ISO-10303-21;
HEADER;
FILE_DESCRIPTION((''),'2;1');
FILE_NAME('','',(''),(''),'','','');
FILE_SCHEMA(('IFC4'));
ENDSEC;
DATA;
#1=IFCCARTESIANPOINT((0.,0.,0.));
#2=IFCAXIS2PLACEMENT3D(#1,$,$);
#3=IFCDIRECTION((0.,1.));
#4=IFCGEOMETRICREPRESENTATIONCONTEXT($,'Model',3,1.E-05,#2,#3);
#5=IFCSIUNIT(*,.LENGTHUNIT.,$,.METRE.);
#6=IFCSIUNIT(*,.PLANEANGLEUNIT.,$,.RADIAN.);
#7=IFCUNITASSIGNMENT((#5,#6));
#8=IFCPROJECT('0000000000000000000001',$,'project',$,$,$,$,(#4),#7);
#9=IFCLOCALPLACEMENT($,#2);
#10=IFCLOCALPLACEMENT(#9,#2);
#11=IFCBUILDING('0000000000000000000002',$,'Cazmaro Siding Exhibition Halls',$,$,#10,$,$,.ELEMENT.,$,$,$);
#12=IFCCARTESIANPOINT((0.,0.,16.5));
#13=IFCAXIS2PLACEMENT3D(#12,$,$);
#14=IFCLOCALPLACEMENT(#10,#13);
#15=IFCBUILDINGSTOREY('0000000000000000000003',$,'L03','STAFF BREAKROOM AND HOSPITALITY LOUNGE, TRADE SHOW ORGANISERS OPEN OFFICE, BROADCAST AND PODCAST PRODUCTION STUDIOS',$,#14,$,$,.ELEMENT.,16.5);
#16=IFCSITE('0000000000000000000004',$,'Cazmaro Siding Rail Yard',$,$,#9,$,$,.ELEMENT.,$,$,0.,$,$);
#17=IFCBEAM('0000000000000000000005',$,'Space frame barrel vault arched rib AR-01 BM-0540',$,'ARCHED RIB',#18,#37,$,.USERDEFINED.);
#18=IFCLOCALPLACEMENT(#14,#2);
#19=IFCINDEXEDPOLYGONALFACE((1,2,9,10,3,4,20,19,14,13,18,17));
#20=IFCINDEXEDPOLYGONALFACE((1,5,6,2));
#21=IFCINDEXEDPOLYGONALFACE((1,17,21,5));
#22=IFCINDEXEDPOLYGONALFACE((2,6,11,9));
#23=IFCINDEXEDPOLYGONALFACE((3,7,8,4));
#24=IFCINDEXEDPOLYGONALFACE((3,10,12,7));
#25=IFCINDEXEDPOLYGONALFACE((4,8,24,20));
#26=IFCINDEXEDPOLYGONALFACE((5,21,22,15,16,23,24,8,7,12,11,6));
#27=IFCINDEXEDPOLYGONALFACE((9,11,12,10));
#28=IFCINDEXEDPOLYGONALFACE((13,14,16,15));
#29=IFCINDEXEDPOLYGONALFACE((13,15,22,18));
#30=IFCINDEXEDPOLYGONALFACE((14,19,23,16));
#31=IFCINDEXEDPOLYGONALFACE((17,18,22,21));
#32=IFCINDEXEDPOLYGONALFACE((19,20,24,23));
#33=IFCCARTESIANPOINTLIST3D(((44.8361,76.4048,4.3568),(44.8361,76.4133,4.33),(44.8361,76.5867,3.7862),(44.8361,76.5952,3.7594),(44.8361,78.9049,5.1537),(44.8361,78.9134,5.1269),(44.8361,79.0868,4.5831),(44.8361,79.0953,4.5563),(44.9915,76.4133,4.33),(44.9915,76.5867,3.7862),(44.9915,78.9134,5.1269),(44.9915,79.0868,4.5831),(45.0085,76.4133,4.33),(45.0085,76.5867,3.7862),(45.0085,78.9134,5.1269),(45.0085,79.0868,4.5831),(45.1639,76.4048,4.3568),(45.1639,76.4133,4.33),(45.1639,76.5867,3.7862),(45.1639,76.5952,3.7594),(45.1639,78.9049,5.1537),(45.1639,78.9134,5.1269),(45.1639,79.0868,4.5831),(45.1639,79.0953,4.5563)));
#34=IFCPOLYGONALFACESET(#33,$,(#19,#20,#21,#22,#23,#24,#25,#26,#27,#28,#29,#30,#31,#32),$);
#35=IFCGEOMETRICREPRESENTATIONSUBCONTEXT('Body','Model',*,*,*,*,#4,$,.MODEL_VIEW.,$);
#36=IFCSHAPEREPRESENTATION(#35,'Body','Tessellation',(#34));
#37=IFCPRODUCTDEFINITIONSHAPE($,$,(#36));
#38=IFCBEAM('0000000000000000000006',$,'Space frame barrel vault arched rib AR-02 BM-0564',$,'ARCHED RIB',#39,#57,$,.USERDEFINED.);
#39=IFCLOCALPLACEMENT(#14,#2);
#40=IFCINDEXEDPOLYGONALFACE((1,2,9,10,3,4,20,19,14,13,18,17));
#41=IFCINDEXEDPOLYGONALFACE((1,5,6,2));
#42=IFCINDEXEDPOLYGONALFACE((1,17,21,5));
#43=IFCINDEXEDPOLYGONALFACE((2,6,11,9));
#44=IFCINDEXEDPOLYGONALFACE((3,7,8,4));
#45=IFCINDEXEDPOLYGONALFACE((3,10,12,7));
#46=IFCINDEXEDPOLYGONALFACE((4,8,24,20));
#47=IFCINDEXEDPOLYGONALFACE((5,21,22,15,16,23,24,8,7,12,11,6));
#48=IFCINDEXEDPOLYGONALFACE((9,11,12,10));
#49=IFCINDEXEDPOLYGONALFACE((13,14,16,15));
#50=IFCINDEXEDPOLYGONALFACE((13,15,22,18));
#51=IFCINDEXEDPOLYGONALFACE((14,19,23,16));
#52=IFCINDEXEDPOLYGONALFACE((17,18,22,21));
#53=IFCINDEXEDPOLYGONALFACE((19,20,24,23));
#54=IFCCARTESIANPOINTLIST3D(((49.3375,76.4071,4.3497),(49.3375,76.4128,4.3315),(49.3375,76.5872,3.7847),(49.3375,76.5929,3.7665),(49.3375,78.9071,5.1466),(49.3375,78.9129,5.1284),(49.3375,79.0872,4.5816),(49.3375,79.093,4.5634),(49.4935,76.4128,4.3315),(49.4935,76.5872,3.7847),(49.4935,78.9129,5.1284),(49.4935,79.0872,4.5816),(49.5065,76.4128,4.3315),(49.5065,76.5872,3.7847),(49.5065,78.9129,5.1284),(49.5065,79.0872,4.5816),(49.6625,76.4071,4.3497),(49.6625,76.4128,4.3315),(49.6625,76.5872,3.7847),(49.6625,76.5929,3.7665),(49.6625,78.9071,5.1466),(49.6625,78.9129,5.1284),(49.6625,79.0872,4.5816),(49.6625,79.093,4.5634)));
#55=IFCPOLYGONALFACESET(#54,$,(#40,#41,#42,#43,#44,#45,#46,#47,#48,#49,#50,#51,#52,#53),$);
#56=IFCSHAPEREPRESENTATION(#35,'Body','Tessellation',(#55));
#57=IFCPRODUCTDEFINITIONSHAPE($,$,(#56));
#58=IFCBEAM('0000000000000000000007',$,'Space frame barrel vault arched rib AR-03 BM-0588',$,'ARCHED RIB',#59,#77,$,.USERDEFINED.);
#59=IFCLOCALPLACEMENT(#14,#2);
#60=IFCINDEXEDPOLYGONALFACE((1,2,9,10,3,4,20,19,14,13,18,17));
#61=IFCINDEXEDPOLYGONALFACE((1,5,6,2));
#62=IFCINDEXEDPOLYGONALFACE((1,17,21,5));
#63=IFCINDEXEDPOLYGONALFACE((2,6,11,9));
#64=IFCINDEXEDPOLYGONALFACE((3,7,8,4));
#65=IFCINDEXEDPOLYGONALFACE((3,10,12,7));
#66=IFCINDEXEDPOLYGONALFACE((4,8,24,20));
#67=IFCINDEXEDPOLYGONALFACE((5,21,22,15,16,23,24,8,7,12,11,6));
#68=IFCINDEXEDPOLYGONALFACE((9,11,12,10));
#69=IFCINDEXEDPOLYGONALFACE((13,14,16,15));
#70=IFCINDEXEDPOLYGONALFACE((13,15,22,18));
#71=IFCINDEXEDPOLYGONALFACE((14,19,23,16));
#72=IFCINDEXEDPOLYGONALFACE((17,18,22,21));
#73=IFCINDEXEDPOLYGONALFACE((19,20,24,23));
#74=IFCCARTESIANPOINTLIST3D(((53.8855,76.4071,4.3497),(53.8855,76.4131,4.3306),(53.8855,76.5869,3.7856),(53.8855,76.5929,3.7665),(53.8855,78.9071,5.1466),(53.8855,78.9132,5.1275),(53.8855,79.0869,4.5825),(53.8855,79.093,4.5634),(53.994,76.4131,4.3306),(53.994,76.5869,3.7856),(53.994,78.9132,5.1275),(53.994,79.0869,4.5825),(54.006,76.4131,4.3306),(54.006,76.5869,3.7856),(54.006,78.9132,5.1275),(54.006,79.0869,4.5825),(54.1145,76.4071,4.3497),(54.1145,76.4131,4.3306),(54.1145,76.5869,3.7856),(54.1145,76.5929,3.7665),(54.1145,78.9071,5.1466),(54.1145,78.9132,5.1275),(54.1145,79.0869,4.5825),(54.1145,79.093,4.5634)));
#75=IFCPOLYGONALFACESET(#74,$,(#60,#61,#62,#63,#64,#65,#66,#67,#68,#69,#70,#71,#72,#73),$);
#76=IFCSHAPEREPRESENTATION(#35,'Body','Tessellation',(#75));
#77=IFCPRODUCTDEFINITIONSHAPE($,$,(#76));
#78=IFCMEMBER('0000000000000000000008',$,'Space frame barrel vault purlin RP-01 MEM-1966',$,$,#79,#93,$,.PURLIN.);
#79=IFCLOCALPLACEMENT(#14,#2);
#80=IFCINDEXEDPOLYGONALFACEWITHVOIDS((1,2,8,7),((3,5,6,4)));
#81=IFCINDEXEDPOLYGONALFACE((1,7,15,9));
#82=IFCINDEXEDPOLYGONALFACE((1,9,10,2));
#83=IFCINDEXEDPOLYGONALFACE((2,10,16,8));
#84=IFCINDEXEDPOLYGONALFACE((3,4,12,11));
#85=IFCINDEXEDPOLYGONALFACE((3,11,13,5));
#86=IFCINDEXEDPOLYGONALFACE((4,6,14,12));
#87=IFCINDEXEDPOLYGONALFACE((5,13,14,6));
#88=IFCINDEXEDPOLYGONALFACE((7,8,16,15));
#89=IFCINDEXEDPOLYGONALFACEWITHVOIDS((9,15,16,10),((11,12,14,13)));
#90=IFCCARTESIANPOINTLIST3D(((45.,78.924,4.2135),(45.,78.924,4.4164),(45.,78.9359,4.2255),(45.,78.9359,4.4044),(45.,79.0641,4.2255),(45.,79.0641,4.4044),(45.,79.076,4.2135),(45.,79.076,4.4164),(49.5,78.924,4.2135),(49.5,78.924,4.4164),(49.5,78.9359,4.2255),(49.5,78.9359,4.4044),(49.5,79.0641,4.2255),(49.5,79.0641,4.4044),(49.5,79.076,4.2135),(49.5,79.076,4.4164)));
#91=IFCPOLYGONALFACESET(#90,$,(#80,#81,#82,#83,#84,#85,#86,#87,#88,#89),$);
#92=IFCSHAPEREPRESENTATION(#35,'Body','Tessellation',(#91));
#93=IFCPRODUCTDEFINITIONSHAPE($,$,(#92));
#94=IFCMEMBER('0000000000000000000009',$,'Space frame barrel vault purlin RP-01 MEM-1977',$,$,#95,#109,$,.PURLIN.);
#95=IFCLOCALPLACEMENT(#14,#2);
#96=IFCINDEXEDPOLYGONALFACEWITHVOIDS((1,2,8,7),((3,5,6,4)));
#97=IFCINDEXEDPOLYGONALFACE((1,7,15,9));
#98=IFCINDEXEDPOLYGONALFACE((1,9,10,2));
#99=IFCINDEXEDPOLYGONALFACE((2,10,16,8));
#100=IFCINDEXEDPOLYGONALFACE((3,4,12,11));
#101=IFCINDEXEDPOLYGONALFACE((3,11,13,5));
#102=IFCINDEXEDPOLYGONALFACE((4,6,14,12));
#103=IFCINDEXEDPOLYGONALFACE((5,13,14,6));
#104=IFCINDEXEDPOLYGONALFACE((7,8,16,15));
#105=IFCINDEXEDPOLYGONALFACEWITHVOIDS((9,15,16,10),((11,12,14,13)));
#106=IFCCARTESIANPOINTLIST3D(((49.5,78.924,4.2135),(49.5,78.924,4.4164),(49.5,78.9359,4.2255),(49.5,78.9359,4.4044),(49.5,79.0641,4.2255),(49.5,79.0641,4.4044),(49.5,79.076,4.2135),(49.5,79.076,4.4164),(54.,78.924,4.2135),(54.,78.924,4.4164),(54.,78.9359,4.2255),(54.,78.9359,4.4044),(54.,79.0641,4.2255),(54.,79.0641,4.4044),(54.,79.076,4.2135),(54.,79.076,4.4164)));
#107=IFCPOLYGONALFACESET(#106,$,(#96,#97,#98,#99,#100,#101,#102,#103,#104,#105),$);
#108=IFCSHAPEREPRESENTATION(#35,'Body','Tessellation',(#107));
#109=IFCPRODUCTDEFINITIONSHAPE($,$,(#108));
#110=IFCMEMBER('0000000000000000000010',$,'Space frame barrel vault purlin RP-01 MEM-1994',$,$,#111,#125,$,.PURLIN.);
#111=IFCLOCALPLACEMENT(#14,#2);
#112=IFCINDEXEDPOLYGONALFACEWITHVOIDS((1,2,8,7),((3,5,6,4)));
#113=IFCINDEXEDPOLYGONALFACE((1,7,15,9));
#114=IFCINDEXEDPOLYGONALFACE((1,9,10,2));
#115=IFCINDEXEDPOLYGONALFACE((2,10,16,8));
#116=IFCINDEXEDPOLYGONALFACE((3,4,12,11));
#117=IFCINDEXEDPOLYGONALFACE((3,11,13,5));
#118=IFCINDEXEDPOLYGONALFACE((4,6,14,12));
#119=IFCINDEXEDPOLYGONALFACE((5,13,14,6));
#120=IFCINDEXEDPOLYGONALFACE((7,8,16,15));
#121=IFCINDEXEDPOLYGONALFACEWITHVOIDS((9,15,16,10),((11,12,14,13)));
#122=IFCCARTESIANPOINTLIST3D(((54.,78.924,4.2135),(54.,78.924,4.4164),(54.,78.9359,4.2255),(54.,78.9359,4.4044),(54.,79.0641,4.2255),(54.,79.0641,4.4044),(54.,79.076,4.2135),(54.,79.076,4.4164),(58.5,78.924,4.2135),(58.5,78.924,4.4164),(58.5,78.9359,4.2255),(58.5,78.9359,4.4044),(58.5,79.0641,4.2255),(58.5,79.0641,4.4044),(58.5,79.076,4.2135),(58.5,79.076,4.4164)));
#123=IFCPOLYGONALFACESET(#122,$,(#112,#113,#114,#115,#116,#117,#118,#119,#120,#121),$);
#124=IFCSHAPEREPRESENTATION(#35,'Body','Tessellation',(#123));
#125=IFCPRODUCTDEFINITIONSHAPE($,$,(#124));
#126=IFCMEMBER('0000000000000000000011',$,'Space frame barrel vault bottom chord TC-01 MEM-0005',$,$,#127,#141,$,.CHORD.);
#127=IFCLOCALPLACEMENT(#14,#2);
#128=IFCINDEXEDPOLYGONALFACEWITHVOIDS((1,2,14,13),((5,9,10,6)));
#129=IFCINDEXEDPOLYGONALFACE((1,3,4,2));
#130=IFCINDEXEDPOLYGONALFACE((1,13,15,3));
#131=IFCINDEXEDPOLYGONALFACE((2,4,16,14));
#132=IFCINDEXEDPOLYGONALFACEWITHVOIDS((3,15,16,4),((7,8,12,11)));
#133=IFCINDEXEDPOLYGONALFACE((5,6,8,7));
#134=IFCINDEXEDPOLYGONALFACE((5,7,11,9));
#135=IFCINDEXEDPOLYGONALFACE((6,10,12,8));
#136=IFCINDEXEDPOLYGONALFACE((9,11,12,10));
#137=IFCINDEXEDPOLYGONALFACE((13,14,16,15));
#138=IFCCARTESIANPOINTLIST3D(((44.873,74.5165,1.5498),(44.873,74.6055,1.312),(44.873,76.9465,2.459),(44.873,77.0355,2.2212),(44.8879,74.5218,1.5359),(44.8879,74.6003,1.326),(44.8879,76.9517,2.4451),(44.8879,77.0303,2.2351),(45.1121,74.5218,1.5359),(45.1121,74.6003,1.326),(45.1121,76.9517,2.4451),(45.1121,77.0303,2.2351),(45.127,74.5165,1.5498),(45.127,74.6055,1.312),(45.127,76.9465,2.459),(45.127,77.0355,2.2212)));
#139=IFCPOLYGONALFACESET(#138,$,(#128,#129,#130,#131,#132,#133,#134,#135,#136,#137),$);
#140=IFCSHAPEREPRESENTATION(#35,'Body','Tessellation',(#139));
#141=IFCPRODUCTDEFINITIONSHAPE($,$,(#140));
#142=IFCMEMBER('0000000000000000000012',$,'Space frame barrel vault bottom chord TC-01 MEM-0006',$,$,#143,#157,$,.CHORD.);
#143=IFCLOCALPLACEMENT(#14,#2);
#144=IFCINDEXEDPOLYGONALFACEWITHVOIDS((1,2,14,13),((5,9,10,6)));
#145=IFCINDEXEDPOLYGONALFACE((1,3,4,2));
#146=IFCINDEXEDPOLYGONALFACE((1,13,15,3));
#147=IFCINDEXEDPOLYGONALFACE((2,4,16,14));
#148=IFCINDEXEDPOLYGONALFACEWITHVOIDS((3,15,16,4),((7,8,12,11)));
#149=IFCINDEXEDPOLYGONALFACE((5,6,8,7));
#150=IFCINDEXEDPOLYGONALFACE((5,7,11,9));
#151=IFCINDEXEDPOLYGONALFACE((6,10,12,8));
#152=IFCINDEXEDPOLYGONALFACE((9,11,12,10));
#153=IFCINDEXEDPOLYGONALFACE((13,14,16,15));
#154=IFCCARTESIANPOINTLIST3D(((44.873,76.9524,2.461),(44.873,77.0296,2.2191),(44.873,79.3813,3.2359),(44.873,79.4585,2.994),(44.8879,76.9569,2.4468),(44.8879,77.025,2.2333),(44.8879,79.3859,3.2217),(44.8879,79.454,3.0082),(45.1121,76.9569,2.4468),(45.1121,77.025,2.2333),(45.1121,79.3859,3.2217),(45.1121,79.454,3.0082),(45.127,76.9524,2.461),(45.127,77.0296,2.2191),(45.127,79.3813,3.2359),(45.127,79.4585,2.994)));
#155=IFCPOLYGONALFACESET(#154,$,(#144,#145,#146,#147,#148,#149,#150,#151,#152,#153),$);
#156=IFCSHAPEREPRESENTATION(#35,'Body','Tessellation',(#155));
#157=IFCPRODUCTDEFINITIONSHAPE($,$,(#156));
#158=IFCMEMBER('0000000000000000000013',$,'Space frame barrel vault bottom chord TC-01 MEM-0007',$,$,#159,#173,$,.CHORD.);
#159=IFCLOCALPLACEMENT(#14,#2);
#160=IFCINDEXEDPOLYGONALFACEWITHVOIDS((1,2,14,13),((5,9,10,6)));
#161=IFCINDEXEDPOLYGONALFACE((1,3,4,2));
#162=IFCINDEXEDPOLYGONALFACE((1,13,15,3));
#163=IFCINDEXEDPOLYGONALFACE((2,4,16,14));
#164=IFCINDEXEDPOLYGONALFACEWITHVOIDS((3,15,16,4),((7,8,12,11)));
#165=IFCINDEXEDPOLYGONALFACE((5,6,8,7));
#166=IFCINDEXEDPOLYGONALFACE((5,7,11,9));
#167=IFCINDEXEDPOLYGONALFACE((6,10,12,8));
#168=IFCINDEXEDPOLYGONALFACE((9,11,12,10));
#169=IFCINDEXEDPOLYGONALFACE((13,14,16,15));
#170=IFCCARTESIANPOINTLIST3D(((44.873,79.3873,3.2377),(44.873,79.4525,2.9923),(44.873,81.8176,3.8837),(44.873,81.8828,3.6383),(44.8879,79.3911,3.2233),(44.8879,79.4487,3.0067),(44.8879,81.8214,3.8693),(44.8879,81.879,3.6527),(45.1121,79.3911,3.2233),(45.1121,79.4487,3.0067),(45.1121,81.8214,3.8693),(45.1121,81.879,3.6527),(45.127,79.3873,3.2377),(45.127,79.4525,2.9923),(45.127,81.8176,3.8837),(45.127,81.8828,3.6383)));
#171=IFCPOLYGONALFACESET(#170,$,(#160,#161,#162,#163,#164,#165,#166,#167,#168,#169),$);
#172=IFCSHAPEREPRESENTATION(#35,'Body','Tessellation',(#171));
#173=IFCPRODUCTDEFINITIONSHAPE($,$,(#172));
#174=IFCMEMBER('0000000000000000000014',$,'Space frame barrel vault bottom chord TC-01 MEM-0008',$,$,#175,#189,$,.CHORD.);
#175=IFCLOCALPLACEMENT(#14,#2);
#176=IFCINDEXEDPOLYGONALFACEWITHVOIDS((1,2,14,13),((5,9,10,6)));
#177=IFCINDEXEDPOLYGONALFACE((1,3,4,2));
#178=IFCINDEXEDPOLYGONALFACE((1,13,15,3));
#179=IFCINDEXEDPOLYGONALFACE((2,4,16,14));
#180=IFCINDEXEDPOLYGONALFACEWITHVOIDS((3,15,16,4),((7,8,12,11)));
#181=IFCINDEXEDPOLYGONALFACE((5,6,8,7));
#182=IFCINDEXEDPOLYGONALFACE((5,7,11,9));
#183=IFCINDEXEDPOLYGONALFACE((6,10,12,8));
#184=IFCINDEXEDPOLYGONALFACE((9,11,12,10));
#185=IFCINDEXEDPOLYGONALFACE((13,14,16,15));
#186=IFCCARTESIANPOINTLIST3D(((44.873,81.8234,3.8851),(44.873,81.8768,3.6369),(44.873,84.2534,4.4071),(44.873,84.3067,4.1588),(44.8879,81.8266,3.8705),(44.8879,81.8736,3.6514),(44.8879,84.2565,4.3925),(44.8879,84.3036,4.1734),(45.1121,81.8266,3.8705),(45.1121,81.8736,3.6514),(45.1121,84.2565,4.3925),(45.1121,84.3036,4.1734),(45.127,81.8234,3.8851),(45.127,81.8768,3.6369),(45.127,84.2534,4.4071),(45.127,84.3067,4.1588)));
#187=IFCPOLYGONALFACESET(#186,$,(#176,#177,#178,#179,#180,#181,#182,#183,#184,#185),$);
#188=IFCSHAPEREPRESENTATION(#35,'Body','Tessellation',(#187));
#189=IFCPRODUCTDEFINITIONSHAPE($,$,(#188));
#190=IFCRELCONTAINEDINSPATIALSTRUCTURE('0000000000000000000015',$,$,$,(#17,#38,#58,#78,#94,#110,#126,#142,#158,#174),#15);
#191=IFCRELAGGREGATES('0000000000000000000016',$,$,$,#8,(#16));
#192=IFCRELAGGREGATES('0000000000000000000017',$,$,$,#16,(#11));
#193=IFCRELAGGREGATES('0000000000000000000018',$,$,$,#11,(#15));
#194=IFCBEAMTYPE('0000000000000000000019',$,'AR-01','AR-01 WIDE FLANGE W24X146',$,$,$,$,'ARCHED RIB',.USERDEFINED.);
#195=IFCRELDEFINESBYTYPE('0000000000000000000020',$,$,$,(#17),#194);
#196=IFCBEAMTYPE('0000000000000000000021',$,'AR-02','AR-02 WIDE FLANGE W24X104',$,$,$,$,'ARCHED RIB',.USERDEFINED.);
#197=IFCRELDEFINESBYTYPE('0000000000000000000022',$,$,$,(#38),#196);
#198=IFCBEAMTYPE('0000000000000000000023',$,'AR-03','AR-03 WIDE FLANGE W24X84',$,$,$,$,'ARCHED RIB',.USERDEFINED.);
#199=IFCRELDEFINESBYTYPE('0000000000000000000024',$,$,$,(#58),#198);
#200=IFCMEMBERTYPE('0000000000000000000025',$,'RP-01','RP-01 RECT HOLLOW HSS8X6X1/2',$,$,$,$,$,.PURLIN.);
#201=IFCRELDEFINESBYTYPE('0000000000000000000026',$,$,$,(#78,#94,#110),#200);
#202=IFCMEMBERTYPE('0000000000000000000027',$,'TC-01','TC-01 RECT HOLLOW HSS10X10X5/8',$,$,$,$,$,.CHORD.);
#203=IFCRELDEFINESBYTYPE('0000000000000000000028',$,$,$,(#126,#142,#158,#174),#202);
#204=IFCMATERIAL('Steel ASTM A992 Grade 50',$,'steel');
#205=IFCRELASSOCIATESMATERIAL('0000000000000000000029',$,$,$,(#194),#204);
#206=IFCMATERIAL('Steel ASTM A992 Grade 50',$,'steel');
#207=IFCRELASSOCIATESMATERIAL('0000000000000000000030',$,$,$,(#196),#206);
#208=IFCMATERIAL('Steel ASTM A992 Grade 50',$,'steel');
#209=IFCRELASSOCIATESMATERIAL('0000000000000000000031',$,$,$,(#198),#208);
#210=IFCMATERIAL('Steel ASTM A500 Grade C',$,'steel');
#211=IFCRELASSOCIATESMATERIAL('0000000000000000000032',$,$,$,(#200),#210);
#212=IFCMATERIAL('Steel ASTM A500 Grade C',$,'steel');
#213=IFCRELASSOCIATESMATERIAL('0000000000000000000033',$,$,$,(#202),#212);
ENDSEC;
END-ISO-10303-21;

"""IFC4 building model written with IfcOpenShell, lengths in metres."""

from ifc_helpers import new_model, si_unit, direction, frame, origin, origin_2d, place, context, subcontext, project, spatial, hollow_rectangle, i_section, extrude, material, material_profile, profile_set, type_object, element, save


model = new_model("IFC4")

# Units and contexts
model_context = context("Model", 3, precision=1e-05, world=origin(), true_north=direction((0.0, 1.0)))
body_context = subcontext(model_context, "Body", "Model", "MODEL_VIEW")
ifc_project = project(units=[si_unit("LENGTHUNIT", "METRE"), si_unit("PLANEANGLEUNIT", "RADIAN")], contexts=[model_context])

# Site, building, storey
site_placement = place(None, origin())
site = spatial("IfcSite", under=ifc_project, at=site_placement, Name="Cazmaro Siding Rail Yard", CompositionType="ELEMENT", RefElevation=0.0)
building_placement = place(site_placement, origin())
building = spatial("IfcBuilding", under=site, at=building_placement, Name="Cazmaro Siding Exhibition Halls", CompositionType="ELEMENT")
storey_placement = place(building_placement, frame((0.0, 0.0, 16.5)))
storey = spatial("IfcBuildingStorey", under=building, at=storey_placement, Name="L03", Description="STAFF BREAKROOM AND HOSPITALITY LOUNGE, TRADE SHOW ORGANISERS OPEN OFFICE, BROADCAST AND PODCAST PRODUCTION STUDIOS", CompositionType="ELEMENT", Elevation=16.5)

# Beams
ifc_material_1 = material(Name="Steel ASTM A992 Grade 50", Category="steel")
ifc_material_profile_1 = material_profile(ifc_material_1, i_section(OverallWidth=0.3279, OverallDepth=0.627, WebThickness=0.0171, FlangeThickness=0.0281, at=origin_2d()), Name="W24X146")
ifc_profile_set_1 = profile_set([ifc_material_profile_1], Name="Steel ASTM A992 Grade 50")
beam_type_1 = type_object("IfcBeamType", Name="AR-01", Description="AR-01 WIDE FLANGE W24X146", ElementType="ARCHED RIB", PredefinedType="USERDEFINED", material=ifc_profile_set_1)
beam_1_placement = place(storey_placement, frame((45.0, 76.5, 4.0581), z_axis=(0.0, 0.952769, 0.303695), x_axis=(-1.0, 0.0, 0.0)))
element("IfcBeam", 1, at=beam_1_placement, inside=storey, type_object=beam_type_1, Name="Space frame barrel vault arched rib AR-01 BM-0540", ObjectType="ARCHED RIB", PredefinedType="USERDEFINED", context=body_context, shape_type="SweptSolid", body=[
    extrude(i_section(OverallWidth=0.3279, OverallDepth=0.627, WebThickness=0.0171, FlangeThickness=0.0281, at=origin_2d()), origin(), (0.0, 0.0, 1.0), 2.624),
])
ifc_material_2 = material(Name="Steel ASTM A992 Grade 50", Category="steel")
ifc_material_profile_2 = material_profile(ifc_material_2, i_section(OverallWidth=0.325, OverallDepth=0.6121, WebThickness=0.0129, FlangeThickness=0.019, at=origin_2d()), Name="W24X104")
ifc_profile_set_2 = profile_set([ifc_material_profile_2], Name="Steel ASTM A992 Grade 50")
beam_type_2 = type_object("IfcBeamType", Name="AR-02", Description="AR-02 WIDE FLANGE W24X104", ElementType="ARCHED RIB", PredefinedType="USERDEFINED", material=ifc_profile_set_2)
beam_2_placement = place(storey_placement, frame((49.5, 76.5, 4.0581), z_axis=(0.0, 0.952769, 0.303695), x_axis=(-1.0, 0.0, 0.0)))
element("IfcBeam", 2, at=beam_2_placement, inside=storey, type_object=beam_type_2, Name="Space frame barrel vault arched rib AR-02 BM-0564", ObjectType="ARCHED RIB", PredefinedType="USERDEFINED", context=body_context, shape_type="SweptSolid", body=[
    extrude(i_section(OverallWidth=0.325, OverallDepth=0.6121, WebThickness=0.0129, FlangeThickness=0.019, at=origin_2d()), origin(), (0.0, 0.0, 1.0), 2.624),
])
ifc_material_3 = material(Name="Steel ASTM A992 Grade 50", Category="steel")
ifc_material_profile_3 = material_profile(ifc_material_3, i_section(OverallWidth=0.229, OverallDepth=0.6121, WebThickness=0.012, FlangeThickness=0.02, at=origin_2d()), Name="W24X84")
ifc_profile_set_3 = profile_set([ifc_material_profile_3], Name="Steel ASTM A992 Grade 50")
beam_type_3 = type_object("IfcBeamType", Name="AR-03", Description="AR-03 WIDE FLANGE W24X84", ElementType="ARCHED RIB", PredefinedType="USERDEFINED", material=ifc_profile_set_3)
beam_3_placement = place(storey_placement, frame((54.0, 76.5, 4.0581), z_axis=(0.0, 0.952769, 0.303695), x_axis=(-1.0, 0.0, 0.0)))
element("IfcBeam", 3, at=beam_3_placement, inside=storey, type_object=beam_type_3, Name="Space frame barrel vault arched rib AR-03 BM-0588", ObjectType="ARCHED RIB", PredefinedType="USERDEFINED", context=body_context, shape_type="SweptSolid", body=[
    extrude(i_section(OverallWidth=0.229, OverallDepth=0.6121, WebThickness=0.012, FlangeThickness=0.02, at=origin_2d()), origin(), (0.0, 0.0, 1.0), 2.624),
])

# Members
ifc_material_4 = material(Name="Steel ASTM A500 Grade C", Category="steel")
ifc_material_profile_4 = material_profile(ifc_material_4, hollow_rectangle(XDim=0.1521, YDim=0.2029, WallThickness=0.012, at=origin_2d()), Name="HSS8X6X1/2")
ifc_profile_set_4 = profile_set([ifc_material_profile_4], Name="Steel ASTM A500 Grade C")
member_type_1 = type_object("IfcMemberType", Name="RP-01", Description="RP-01 RECT HOLLOW HSS8X6X1/2", PredefinedType="PURLIN", material=ifc_profile_set_4)
for number, where, z_axis, x_axis, name in (
    (4, (45.0, 79.0, 4.3149), (1.0, 0.0, 0.0), (0.0, 1.0, 0.0), "Space frame barrel vault purlin RP-01 MEM-1966"),
    (5, (49.5, 79.0, 4.3149), (1.0, 0.0, 0.0), (0.0, 1.0, 0.0), "Space frame barrel vault purlin RP-01 MEM-1977"),
    (6, (54.0, 79.0, 4.3149), (1.0, 0.0, 0.0), (0.0, 1.0, 0.0), "Space frame barrel vault purlin RP-01 MEM-1994"),
):
    element("IfcMember", number, at=place(storey_placement, frame(where, z_axis=z_axis, x_axis=x_axis)), inside=storey, type_object=member_type_1, Name=name, PredefinedType="PURLIN", context=body_context, shape_type="SweptSolid", body=[
        extrude(hollow_rectangle(XDim=0.1521, YDim=0.2029, WallThickness=0.012, at=origin_2d()), origin(), (0.0, 0.0, 1.0), 4.5),
    ])
ifc_material_5 = material(Name="Steel ASTM A500 Grade C", Category="steel")
ifc_material_profile_5 = material_profile(ifc_material_5, hollow_rectangle(XDim=0.2539, YDim=0.2539, WallThickness=0.0149, at=origin_2d()), Name="HSS10X10X5/8")
ifc_profile_set_5 = profile_set([ifc_material_profile_5], Name="Steel ASTM A500 Grade C")
member_type_2 = type_object("IfcMemberType", Name="TC-01", Description="TC-01 RECT HOLLOW HSS10X10X5/8", PredefinedType="CHORD", material=ifc_profile_set_5)
member_1_placement = place(storey_placement, frame((45.0, 74.561, 1.4309), z_axis=(0.0, 0.936588, 0.350432), x_axis=(-1.0, 0.0, 0.0)))
element("IfcMember", 7, at=member_1_placement, inside=storey, type_object=member_type_2, Name="Space frame barrel vault bottom chord TC-01 MEM-0005", PredefinedType="CHORD", context=body_context, shape_type="SweptSolid", body=[
    extrude(hollow_rectangle(XDim=0.2539, YDim=0.2539, WallThickness=0.0149, at=origin_2d()), origin(), (0.0, 0.0, 1.0), 2.5945),
])
member_2_placement = place(storey_placement, frame((45.0, 76.991, 2.3401), z_axis=(0.0, 0.952693, 0.303935), x_axis=(-1.0, 0.0, 0.0)))
element("IfcMember", 8, at=member_2_placement, inside=storey, type_object=member_type_2, Name="Space frame barrel vault bottom chord TC-01 MEM-0006", PredefinedType="CHORD", context=body_context, shape_type="SweptSolid", body=[
    extrude(hollow_rectangle(XDim=0.2539, YDim=0.2539, WallThickness=0.0149, at=origin_2d()), origin(), (0.0, 0.0, 1.0), 2.5496),
])
member_3_placement = place(storey_placement, frame((45.0, 79.4199, 3.115), z_axis=(0.0, 0.966438, 0.256901), x_axis=(-1.0, 0.0, 0.0)))
element("IfcMember", 9, at=member_3_placement, inside=storey, type_object=member_type_2, Name="Space frame barrel vault bottom chord TC-01 MEM-0007", PredefinedType="CHORD", context=body_context, shape_type="SweptSolid", body=[
    extrude(hollow_rectangle(XDim=0.2539, YDim=0.2539, WallThickness=0.0149, at=origin_2d()), origin(), (0.0, 0.0, 1.0), 2.5146),
])
member_4_placement = place(storey_placement, frame((45.0, 81.8501, 3.761), z_axis=(0.0, 0.977697, 0.210019), x_axis=(-1.0, 0.0, 0.0)))
element("IfcMember", 10, at=member_4_placement, inside=storey, type_object=member_type_2, Name="Space frame barrel vault bottom chord TC-01 MEM-0008", PredefinedType="CHORD", context=body_context, shape_type="SweptSolid", body=[
    extrude(hollow_rectangle(XDim=0.2539, YDim=0.2539, WallThickness=0.0149, at=origin_2d()), origin(), (0.0, 0.0, 1.0), 2.4854),
])

save(model, "model.ifc")
